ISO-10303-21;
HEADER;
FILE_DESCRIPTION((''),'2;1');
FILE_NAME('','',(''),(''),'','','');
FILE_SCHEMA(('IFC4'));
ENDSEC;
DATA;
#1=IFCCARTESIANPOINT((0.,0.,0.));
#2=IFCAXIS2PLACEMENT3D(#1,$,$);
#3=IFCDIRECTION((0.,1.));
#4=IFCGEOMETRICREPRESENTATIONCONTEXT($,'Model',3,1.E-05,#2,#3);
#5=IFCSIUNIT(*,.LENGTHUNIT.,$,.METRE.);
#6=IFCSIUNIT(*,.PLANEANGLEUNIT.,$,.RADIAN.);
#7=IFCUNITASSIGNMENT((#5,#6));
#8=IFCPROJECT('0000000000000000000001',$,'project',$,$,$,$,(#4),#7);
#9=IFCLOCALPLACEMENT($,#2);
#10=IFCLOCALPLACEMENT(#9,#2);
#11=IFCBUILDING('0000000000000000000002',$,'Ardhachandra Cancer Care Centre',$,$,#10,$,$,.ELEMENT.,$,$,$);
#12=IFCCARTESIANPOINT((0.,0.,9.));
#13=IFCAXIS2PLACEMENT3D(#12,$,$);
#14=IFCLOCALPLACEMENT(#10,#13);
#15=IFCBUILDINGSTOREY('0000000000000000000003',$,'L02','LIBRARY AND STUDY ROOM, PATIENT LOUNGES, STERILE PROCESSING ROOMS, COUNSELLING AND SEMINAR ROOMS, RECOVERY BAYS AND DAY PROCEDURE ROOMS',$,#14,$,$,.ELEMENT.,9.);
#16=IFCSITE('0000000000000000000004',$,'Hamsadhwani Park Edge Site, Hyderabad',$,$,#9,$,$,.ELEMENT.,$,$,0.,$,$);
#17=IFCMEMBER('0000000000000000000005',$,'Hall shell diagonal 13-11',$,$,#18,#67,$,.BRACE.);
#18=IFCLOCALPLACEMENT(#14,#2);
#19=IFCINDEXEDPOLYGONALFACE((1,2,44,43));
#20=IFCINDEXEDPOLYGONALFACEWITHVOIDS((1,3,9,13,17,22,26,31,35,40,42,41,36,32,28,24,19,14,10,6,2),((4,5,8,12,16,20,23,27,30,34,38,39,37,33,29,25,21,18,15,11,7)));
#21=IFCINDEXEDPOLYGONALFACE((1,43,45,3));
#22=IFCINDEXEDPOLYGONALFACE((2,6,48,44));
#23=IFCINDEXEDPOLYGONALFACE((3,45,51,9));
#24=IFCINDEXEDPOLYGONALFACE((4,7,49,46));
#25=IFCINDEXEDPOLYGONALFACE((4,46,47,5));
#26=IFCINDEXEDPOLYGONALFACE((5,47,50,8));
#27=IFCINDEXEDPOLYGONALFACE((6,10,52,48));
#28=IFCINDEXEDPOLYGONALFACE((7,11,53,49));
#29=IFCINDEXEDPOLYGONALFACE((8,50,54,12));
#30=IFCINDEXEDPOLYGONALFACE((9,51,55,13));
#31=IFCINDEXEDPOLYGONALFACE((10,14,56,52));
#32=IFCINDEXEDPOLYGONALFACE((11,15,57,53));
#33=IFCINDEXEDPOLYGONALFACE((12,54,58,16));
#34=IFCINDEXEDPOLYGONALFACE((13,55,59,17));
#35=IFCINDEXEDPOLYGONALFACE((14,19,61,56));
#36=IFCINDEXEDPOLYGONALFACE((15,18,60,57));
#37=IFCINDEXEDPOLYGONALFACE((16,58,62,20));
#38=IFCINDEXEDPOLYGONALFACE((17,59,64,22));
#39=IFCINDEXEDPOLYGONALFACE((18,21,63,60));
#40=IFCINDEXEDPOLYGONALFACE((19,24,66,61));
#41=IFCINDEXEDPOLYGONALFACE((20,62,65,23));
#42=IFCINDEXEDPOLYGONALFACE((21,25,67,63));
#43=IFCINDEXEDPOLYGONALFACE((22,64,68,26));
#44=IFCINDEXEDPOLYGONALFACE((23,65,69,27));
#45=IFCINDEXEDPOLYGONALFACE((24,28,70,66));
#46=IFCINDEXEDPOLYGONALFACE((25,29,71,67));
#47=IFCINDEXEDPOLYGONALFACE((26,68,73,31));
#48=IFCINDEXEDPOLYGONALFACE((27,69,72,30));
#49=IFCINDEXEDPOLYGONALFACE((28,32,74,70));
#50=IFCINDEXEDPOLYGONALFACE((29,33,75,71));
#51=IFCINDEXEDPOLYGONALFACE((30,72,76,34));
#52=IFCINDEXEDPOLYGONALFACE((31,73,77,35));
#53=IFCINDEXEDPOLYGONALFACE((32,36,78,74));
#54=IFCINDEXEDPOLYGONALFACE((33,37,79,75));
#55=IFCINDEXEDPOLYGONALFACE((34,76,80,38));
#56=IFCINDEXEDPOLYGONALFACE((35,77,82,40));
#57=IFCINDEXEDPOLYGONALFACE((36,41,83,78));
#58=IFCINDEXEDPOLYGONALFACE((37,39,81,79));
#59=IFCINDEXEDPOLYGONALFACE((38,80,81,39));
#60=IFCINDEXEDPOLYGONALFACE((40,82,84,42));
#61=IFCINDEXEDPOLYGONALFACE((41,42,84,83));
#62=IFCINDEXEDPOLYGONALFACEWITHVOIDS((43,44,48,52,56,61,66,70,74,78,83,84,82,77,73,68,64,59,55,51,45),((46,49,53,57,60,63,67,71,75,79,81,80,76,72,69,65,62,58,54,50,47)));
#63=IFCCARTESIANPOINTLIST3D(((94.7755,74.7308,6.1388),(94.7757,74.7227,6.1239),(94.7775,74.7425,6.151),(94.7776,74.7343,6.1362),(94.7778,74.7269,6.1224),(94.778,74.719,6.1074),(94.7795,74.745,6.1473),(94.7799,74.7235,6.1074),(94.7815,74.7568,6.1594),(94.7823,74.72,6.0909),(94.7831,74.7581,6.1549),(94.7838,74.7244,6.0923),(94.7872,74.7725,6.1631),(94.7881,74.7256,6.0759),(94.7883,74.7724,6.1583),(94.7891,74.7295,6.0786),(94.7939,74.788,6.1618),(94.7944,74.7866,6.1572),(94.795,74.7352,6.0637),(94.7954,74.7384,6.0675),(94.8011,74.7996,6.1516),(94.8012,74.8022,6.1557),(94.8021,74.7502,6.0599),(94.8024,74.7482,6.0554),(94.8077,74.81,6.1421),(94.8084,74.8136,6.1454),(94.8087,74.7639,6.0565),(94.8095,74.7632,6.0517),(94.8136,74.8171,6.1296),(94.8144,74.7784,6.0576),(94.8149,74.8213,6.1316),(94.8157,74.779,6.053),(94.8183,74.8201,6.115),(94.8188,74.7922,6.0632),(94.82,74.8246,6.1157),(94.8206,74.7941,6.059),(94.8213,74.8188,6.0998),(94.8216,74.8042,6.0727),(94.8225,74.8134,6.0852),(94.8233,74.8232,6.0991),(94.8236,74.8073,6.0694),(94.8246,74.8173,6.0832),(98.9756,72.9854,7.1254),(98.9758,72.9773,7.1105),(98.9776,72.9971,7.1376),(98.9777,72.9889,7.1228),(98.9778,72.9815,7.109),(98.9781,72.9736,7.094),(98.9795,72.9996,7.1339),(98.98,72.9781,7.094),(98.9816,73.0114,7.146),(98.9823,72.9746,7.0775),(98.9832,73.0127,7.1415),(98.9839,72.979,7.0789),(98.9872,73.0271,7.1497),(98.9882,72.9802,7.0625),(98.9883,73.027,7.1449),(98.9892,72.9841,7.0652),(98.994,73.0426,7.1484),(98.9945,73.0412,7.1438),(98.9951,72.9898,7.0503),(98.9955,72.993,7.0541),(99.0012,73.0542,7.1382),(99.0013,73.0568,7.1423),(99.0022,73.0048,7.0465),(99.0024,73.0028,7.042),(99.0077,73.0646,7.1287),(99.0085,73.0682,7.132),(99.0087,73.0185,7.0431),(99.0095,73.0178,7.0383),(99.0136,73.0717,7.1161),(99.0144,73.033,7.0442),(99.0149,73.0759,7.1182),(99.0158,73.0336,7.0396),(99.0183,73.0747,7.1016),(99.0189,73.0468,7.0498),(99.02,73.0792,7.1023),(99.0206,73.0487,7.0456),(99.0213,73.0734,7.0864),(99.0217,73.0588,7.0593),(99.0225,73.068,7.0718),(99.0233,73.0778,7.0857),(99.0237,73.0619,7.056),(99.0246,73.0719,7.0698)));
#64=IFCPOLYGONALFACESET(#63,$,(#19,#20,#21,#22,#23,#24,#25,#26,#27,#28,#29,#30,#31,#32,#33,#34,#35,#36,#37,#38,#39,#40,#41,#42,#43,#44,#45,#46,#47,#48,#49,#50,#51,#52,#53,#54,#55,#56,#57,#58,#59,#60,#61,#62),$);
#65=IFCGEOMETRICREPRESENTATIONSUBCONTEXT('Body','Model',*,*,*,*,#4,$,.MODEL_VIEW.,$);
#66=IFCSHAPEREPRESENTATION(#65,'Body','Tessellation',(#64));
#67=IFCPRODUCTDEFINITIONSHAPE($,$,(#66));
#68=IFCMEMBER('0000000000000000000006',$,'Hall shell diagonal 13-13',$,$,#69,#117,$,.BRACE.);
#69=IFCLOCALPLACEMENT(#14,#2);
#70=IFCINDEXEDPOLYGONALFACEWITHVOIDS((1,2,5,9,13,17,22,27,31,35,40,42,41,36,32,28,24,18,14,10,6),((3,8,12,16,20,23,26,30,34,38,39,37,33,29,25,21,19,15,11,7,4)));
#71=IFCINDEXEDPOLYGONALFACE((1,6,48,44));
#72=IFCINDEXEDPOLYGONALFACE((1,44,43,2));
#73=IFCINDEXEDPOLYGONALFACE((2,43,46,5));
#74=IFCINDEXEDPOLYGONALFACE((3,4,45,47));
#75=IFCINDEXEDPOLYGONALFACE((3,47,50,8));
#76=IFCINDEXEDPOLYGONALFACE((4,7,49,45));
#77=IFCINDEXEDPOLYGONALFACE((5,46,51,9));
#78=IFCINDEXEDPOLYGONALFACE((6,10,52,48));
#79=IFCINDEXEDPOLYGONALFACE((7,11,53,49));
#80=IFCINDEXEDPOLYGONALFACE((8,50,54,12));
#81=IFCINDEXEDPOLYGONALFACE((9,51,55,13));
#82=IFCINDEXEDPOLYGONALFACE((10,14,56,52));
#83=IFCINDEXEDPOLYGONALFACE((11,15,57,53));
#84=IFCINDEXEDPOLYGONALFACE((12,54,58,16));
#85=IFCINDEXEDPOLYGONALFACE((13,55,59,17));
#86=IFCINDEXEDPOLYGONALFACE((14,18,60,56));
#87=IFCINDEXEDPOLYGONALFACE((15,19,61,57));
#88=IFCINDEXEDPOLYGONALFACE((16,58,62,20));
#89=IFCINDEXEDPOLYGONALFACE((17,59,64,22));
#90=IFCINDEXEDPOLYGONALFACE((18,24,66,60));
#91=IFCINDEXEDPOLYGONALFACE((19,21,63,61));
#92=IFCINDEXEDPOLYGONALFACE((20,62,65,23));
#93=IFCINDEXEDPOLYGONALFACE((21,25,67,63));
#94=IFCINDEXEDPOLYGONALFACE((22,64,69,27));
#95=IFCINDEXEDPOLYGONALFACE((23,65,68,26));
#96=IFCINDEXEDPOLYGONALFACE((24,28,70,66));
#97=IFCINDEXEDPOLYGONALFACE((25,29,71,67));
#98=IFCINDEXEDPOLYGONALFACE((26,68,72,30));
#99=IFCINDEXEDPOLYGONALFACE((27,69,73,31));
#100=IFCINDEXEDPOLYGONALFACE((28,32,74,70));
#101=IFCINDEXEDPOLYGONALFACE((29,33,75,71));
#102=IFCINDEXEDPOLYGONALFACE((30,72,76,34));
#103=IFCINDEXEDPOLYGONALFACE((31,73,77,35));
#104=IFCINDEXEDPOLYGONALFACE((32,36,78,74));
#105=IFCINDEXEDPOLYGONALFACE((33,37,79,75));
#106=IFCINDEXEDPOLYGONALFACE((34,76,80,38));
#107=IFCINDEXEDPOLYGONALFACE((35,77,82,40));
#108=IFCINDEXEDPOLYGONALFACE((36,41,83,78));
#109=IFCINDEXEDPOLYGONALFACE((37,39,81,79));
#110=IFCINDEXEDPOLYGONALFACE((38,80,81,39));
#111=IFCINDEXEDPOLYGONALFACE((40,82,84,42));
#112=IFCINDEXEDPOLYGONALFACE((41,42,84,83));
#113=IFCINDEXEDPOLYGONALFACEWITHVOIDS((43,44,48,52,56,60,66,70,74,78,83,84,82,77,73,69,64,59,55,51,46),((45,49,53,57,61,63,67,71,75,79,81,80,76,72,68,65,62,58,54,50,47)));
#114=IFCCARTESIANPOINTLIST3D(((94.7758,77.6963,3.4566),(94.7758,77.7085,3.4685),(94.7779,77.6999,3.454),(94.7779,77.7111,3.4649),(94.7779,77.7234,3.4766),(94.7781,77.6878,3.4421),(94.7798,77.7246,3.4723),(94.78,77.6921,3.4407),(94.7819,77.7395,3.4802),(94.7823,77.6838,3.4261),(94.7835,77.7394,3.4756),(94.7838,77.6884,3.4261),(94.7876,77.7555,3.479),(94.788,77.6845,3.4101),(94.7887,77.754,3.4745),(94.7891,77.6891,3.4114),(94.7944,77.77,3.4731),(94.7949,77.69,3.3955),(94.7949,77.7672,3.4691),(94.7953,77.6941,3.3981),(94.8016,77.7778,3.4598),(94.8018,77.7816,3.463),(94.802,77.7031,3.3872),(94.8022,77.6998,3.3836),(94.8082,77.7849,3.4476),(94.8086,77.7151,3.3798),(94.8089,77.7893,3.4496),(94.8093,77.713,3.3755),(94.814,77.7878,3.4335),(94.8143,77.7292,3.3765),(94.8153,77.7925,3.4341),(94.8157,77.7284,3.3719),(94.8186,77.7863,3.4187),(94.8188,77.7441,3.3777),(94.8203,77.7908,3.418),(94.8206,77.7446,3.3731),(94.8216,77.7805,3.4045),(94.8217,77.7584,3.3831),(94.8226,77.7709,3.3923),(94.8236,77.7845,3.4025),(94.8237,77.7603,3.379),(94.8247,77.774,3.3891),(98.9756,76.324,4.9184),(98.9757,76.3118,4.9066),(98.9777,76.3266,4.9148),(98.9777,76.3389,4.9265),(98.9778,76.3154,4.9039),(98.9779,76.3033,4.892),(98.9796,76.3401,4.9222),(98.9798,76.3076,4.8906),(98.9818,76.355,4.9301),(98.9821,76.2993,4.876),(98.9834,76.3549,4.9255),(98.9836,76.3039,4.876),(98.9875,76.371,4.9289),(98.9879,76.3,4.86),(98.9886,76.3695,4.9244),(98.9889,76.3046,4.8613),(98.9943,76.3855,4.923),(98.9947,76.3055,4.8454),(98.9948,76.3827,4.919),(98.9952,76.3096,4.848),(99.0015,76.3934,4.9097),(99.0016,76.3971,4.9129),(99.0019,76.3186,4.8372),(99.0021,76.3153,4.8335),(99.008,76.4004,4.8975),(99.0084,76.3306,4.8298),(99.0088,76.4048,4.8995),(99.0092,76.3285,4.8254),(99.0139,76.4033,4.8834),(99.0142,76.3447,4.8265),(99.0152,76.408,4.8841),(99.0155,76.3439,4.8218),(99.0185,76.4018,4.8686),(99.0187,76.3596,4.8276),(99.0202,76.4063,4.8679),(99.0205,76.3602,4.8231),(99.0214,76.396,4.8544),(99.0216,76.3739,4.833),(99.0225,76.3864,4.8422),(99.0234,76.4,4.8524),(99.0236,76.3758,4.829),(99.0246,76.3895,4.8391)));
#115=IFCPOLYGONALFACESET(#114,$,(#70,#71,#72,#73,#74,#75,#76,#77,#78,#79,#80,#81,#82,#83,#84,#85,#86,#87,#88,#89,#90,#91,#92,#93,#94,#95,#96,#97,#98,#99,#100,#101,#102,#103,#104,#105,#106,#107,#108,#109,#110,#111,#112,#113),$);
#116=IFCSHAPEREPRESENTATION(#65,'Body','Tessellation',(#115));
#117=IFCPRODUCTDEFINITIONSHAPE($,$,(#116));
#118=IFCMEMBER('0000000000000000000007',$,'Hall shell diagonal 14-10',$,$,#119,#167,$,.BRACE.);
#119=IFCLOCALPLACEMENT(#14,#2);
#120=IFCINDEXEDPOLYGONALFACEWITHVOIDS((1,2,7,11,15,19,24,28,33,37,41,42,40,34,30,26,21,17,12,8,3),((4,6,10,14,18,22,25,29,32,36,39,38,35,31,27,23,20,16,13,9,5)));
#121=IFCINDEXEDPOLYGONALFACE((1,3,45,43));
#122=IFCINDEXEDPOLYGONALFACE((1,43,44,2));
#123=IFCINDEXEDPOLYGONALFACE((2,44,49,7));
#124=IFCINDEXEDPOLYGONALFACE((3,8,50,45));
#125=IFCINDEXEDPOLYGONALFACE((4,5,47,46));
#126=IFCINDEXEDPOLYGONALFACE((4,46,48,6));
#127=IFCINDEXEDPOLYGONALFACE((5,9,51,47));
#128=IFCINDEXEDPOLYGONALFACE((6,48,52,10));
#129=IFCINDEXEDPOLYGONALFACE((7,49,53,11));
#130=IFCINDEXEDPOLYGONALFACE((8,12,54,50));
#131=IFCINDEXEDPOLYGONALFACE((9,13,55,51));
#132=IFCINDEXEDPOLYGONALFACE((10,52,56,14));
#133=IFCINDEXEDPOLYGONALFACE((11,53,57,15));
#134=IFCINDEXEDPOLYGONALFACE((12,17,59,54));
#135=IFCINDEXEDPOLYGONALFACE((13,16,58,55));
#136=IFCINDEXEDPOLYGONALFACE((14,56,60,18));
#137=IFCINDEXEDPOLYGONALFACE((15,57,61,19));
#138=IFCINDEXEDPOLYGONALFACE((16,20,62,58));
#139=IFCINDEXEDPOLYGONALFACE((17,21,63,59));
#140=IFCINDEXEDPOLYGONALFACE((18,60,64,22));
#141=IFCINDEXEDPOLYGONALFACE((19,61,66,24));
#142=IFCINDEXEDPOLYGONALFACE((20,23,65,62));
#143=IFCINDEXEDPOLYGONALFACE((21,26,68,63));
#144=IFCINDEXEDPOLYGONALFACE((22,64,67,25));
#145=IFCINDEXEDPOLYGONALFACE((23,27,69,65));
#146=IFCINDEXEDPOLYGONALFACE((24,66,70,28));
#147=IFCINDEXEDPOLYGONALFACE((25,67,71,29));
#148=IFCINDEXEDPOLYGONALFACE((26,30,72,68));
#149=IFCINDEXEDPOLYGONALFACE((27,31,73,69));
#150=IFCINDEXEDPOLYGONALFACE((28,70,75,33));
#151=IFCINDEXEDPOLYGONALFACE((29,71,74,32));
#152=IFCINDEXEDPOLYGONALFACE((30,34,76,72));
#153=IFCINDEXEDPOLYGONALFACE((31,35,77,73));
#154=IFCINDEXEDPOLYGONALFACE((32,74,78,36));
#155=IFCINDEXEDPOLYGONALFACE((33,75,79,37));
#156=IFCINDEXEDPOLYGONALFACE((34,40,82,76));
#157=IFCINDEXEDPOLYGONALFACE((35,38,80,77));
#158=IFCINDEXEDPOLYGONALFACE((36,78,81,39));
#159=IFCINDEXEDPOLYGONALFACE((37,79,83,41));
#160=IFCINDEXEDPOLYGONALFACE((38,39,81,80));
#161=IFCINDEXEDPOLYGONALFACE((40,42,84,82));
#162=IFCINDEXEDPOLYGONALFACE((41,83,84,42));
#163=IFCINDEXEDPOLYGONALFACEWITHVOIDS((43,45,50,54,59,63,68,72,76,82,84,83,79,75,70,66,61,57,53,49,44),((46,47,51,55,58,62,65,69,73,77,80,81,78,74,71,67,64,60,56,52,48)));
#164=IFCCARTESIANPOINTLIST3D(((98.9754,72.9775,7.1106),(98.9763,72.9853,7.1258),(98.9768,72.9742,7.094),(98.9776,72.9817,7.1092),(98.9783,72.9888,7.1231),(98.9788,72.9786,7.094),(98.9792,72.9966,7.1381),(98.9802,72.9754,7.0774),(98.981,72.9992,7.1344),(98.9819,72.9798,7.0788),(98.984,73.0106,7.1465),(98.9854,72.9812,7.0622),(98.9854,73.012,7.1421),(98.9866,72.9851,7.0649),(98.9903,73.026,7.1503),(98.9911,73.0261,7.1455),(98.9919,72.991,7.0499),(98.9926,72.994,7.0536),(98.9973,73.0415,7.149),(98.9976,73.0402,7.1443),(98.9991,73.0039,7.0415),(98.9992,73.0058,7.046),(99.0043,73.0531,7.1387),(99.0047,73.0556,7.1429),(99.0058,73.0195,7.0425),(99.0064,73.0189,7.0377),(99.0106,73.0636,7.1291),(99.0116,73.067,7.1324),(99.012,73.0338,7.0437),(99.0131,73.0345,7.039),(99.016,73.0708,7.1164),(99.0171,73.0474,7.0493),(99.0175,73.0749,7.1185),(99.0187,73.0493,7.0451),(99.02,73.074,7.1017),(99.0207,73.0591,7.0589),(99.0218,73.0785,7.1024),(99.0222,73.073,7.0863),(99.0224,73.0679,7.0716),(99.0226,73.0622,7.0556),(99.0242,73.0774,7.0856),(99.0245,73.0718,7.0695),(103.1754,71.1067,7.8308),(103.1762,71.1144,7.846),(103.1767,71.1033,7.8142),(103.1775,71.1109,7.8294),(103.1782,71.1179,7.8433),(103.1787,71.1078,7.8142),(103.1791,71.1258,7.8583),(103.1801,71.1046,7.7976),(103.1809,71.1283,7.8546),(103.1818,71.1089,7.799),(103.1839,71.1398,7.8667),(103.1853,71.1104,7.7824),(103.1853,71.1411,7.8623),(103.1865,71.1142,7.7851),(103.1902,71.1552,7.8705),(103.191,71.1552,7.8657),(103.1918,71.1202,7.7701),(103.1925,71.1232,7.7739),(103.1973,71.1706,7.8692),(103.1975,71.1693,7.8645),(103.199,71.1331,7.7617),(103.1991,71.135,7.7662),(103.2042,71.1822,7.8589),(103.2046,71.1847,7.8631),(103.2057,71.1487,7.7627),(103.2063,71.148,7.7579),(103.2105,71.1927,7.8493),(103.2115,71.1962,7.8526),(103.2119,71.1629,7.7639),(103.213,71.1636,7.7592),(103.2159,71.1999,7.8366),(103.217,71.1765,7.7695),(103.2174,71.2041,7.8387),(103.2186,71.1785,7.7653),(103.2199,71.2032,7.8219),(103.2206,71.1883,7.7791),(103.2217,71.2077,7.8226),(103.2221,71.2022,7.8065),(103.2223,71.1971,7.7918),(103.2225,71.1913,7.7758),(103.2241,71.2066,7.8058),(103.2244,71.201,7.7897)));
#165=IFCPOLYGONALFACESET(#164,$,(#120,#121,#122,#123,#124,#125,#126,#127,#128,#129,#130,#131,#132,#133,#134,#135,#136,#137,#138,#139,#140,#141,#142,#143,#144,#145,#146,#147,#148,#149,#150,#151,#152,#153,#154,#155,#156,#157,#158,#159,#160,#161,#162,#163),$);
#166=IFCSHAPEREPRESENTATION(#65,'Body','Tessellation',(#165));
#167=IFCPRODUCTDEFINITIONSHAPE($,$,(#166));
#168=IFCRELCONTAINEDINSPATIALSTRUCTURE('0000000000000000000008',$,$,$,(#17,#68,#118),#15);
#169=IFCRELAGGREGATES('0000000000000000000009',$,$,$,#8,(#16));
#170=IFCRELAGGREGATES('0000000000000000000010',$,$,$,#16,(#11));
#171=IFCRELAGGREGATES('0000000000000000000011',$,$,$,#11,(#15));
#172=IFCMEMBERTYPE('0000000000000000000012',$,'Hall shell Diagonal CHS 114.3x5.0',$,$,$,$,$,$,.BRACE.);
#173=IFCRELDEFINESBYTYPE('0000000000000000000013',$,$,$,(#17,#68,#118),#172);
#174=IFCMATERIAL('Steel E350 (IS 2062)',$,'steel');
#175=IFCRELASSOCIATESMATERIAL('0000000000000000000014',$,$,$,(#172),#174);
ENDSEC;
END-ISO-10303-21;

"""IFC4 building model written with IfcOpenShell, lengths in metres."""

from ifc_helpers import new_model, si_unit, direction, frame, origin, origin_2d, place, context, subcontext, project, spatial, hollow_circle, extrude, material, material_profile, profile_set, type_object, element, save


model = new_model("IFC4")

# Units and contexts
model_context = context("Model", 3, precision=1e-05, world=origin(), true_north=direction((0.0, 1.0)))
body_context = subcontext(model_context, "Body", "Model", "MODEL_VIEW")
ifc_project = project(units=[si_unit("LENGTHUNIT", "METRE"), si_unit("PLANEANGLEUNIT", "RADIAN")], contexts=[model_context])

# Site, building, storey
site_placement = place(None, origin())
site = spatial("IfcSite", under=ifc_project, at=site_placement, Name="Hamsadhwani Park Edge Site, Hyderabad", CompositionType="ELEMENT", RefElevation=0.0)
building_placement = place(site_placement, origin())
building = spatial("IfcBuilding", under=site, at=building_placement, Name="Ardhachandra Cancer Care Centre", CompositionType="ELEMENT")
storey_placement = place(building_placement, frame((0.0, 0.0, 9.0)))
storey = spatial("IfcBuildingStorey", under=building, at=storey_placement, Name="L02", Description="LIBRARY AND STUDY ROOM, PATIENT LOUNGES, STERILE PROCESSING ROOMS, COUNSELLING AND SEMINAR ROOMS, RECOVERY BAYS AND DAY PROCEDURE ROOMS", CompositionType="ELEMENT", Elevation=9.0)

# Members
ifc_material_1 = material(Name="Steel E350 (IS 2062)", Category="steel")
ifc_material_profile_1 = material_profile(ifc_material_1, hollow_circle(Radius=0.0571, WallThickness=0.0049, at=origin_2d()), Name="CHS 114.3x5.0")
ifc_profile_set_1 = profile_set([ifc_material_profile_1], Name="Steel E350 (IS 2062)")
member_type_1 = type_object("IfcMemberType", Name="Hall shell Diagonal CHS 114.3x5.0", PredefinedType="BRACE", material=ifc_profile_set_1)
member_1_placement = place(storey_placement, frame((99.0, 73.0264, 7.094), z_axis=(-0.90245, 0.375028, -0.211986), x_axis=(-0.38375, -0.923437, 0.0)))
element("IfcMember", 1, at=member_1_placement, inside=storey, type_object=member_type_1, Name="Hall shell diagonal 13-11", PredefinedType="BRACE", context=body_context, shape_type="SweptSolid", body=[
    extrude(hollow_circle(Radius=0.0571, WallThickness=0.0049, at=origin_2d()), origin(), (0.0, 0.0, 1.0), 4.6541),
])
for number, where, z_axis, x_axis, name in (
    (2, (99.0, 76.3535, 4.876), (-0.902457, 0.297497, -0.311556), (-0.313079, -0.949727, 0.0), "Hall shell diagonal 13-13"),
    (3, (103.2, 71.1555, 7.8142), (-0.902467, 0.402, -0.154757), (-0.406902, -0.913472, 0.0), "Hall shell diagonal 14-10"),
):
    element("IfcMember", number, at=place(storey_placement, frame(where, z_axis=z_axis, x_axis=x_axis)), inside=storey, type_object=member_type_1, Name=name, PredefinedType="BRACE", context=body_context, shape_type="SweptSolid", body=[
        extrude(hollow_circle(Radius=0.0571, WallThickness=0.0049, at=origin_2d()), origin(), (0.0, 0.0, 1.0), 4.6538),
    ])

save(model, "model.ifc")
